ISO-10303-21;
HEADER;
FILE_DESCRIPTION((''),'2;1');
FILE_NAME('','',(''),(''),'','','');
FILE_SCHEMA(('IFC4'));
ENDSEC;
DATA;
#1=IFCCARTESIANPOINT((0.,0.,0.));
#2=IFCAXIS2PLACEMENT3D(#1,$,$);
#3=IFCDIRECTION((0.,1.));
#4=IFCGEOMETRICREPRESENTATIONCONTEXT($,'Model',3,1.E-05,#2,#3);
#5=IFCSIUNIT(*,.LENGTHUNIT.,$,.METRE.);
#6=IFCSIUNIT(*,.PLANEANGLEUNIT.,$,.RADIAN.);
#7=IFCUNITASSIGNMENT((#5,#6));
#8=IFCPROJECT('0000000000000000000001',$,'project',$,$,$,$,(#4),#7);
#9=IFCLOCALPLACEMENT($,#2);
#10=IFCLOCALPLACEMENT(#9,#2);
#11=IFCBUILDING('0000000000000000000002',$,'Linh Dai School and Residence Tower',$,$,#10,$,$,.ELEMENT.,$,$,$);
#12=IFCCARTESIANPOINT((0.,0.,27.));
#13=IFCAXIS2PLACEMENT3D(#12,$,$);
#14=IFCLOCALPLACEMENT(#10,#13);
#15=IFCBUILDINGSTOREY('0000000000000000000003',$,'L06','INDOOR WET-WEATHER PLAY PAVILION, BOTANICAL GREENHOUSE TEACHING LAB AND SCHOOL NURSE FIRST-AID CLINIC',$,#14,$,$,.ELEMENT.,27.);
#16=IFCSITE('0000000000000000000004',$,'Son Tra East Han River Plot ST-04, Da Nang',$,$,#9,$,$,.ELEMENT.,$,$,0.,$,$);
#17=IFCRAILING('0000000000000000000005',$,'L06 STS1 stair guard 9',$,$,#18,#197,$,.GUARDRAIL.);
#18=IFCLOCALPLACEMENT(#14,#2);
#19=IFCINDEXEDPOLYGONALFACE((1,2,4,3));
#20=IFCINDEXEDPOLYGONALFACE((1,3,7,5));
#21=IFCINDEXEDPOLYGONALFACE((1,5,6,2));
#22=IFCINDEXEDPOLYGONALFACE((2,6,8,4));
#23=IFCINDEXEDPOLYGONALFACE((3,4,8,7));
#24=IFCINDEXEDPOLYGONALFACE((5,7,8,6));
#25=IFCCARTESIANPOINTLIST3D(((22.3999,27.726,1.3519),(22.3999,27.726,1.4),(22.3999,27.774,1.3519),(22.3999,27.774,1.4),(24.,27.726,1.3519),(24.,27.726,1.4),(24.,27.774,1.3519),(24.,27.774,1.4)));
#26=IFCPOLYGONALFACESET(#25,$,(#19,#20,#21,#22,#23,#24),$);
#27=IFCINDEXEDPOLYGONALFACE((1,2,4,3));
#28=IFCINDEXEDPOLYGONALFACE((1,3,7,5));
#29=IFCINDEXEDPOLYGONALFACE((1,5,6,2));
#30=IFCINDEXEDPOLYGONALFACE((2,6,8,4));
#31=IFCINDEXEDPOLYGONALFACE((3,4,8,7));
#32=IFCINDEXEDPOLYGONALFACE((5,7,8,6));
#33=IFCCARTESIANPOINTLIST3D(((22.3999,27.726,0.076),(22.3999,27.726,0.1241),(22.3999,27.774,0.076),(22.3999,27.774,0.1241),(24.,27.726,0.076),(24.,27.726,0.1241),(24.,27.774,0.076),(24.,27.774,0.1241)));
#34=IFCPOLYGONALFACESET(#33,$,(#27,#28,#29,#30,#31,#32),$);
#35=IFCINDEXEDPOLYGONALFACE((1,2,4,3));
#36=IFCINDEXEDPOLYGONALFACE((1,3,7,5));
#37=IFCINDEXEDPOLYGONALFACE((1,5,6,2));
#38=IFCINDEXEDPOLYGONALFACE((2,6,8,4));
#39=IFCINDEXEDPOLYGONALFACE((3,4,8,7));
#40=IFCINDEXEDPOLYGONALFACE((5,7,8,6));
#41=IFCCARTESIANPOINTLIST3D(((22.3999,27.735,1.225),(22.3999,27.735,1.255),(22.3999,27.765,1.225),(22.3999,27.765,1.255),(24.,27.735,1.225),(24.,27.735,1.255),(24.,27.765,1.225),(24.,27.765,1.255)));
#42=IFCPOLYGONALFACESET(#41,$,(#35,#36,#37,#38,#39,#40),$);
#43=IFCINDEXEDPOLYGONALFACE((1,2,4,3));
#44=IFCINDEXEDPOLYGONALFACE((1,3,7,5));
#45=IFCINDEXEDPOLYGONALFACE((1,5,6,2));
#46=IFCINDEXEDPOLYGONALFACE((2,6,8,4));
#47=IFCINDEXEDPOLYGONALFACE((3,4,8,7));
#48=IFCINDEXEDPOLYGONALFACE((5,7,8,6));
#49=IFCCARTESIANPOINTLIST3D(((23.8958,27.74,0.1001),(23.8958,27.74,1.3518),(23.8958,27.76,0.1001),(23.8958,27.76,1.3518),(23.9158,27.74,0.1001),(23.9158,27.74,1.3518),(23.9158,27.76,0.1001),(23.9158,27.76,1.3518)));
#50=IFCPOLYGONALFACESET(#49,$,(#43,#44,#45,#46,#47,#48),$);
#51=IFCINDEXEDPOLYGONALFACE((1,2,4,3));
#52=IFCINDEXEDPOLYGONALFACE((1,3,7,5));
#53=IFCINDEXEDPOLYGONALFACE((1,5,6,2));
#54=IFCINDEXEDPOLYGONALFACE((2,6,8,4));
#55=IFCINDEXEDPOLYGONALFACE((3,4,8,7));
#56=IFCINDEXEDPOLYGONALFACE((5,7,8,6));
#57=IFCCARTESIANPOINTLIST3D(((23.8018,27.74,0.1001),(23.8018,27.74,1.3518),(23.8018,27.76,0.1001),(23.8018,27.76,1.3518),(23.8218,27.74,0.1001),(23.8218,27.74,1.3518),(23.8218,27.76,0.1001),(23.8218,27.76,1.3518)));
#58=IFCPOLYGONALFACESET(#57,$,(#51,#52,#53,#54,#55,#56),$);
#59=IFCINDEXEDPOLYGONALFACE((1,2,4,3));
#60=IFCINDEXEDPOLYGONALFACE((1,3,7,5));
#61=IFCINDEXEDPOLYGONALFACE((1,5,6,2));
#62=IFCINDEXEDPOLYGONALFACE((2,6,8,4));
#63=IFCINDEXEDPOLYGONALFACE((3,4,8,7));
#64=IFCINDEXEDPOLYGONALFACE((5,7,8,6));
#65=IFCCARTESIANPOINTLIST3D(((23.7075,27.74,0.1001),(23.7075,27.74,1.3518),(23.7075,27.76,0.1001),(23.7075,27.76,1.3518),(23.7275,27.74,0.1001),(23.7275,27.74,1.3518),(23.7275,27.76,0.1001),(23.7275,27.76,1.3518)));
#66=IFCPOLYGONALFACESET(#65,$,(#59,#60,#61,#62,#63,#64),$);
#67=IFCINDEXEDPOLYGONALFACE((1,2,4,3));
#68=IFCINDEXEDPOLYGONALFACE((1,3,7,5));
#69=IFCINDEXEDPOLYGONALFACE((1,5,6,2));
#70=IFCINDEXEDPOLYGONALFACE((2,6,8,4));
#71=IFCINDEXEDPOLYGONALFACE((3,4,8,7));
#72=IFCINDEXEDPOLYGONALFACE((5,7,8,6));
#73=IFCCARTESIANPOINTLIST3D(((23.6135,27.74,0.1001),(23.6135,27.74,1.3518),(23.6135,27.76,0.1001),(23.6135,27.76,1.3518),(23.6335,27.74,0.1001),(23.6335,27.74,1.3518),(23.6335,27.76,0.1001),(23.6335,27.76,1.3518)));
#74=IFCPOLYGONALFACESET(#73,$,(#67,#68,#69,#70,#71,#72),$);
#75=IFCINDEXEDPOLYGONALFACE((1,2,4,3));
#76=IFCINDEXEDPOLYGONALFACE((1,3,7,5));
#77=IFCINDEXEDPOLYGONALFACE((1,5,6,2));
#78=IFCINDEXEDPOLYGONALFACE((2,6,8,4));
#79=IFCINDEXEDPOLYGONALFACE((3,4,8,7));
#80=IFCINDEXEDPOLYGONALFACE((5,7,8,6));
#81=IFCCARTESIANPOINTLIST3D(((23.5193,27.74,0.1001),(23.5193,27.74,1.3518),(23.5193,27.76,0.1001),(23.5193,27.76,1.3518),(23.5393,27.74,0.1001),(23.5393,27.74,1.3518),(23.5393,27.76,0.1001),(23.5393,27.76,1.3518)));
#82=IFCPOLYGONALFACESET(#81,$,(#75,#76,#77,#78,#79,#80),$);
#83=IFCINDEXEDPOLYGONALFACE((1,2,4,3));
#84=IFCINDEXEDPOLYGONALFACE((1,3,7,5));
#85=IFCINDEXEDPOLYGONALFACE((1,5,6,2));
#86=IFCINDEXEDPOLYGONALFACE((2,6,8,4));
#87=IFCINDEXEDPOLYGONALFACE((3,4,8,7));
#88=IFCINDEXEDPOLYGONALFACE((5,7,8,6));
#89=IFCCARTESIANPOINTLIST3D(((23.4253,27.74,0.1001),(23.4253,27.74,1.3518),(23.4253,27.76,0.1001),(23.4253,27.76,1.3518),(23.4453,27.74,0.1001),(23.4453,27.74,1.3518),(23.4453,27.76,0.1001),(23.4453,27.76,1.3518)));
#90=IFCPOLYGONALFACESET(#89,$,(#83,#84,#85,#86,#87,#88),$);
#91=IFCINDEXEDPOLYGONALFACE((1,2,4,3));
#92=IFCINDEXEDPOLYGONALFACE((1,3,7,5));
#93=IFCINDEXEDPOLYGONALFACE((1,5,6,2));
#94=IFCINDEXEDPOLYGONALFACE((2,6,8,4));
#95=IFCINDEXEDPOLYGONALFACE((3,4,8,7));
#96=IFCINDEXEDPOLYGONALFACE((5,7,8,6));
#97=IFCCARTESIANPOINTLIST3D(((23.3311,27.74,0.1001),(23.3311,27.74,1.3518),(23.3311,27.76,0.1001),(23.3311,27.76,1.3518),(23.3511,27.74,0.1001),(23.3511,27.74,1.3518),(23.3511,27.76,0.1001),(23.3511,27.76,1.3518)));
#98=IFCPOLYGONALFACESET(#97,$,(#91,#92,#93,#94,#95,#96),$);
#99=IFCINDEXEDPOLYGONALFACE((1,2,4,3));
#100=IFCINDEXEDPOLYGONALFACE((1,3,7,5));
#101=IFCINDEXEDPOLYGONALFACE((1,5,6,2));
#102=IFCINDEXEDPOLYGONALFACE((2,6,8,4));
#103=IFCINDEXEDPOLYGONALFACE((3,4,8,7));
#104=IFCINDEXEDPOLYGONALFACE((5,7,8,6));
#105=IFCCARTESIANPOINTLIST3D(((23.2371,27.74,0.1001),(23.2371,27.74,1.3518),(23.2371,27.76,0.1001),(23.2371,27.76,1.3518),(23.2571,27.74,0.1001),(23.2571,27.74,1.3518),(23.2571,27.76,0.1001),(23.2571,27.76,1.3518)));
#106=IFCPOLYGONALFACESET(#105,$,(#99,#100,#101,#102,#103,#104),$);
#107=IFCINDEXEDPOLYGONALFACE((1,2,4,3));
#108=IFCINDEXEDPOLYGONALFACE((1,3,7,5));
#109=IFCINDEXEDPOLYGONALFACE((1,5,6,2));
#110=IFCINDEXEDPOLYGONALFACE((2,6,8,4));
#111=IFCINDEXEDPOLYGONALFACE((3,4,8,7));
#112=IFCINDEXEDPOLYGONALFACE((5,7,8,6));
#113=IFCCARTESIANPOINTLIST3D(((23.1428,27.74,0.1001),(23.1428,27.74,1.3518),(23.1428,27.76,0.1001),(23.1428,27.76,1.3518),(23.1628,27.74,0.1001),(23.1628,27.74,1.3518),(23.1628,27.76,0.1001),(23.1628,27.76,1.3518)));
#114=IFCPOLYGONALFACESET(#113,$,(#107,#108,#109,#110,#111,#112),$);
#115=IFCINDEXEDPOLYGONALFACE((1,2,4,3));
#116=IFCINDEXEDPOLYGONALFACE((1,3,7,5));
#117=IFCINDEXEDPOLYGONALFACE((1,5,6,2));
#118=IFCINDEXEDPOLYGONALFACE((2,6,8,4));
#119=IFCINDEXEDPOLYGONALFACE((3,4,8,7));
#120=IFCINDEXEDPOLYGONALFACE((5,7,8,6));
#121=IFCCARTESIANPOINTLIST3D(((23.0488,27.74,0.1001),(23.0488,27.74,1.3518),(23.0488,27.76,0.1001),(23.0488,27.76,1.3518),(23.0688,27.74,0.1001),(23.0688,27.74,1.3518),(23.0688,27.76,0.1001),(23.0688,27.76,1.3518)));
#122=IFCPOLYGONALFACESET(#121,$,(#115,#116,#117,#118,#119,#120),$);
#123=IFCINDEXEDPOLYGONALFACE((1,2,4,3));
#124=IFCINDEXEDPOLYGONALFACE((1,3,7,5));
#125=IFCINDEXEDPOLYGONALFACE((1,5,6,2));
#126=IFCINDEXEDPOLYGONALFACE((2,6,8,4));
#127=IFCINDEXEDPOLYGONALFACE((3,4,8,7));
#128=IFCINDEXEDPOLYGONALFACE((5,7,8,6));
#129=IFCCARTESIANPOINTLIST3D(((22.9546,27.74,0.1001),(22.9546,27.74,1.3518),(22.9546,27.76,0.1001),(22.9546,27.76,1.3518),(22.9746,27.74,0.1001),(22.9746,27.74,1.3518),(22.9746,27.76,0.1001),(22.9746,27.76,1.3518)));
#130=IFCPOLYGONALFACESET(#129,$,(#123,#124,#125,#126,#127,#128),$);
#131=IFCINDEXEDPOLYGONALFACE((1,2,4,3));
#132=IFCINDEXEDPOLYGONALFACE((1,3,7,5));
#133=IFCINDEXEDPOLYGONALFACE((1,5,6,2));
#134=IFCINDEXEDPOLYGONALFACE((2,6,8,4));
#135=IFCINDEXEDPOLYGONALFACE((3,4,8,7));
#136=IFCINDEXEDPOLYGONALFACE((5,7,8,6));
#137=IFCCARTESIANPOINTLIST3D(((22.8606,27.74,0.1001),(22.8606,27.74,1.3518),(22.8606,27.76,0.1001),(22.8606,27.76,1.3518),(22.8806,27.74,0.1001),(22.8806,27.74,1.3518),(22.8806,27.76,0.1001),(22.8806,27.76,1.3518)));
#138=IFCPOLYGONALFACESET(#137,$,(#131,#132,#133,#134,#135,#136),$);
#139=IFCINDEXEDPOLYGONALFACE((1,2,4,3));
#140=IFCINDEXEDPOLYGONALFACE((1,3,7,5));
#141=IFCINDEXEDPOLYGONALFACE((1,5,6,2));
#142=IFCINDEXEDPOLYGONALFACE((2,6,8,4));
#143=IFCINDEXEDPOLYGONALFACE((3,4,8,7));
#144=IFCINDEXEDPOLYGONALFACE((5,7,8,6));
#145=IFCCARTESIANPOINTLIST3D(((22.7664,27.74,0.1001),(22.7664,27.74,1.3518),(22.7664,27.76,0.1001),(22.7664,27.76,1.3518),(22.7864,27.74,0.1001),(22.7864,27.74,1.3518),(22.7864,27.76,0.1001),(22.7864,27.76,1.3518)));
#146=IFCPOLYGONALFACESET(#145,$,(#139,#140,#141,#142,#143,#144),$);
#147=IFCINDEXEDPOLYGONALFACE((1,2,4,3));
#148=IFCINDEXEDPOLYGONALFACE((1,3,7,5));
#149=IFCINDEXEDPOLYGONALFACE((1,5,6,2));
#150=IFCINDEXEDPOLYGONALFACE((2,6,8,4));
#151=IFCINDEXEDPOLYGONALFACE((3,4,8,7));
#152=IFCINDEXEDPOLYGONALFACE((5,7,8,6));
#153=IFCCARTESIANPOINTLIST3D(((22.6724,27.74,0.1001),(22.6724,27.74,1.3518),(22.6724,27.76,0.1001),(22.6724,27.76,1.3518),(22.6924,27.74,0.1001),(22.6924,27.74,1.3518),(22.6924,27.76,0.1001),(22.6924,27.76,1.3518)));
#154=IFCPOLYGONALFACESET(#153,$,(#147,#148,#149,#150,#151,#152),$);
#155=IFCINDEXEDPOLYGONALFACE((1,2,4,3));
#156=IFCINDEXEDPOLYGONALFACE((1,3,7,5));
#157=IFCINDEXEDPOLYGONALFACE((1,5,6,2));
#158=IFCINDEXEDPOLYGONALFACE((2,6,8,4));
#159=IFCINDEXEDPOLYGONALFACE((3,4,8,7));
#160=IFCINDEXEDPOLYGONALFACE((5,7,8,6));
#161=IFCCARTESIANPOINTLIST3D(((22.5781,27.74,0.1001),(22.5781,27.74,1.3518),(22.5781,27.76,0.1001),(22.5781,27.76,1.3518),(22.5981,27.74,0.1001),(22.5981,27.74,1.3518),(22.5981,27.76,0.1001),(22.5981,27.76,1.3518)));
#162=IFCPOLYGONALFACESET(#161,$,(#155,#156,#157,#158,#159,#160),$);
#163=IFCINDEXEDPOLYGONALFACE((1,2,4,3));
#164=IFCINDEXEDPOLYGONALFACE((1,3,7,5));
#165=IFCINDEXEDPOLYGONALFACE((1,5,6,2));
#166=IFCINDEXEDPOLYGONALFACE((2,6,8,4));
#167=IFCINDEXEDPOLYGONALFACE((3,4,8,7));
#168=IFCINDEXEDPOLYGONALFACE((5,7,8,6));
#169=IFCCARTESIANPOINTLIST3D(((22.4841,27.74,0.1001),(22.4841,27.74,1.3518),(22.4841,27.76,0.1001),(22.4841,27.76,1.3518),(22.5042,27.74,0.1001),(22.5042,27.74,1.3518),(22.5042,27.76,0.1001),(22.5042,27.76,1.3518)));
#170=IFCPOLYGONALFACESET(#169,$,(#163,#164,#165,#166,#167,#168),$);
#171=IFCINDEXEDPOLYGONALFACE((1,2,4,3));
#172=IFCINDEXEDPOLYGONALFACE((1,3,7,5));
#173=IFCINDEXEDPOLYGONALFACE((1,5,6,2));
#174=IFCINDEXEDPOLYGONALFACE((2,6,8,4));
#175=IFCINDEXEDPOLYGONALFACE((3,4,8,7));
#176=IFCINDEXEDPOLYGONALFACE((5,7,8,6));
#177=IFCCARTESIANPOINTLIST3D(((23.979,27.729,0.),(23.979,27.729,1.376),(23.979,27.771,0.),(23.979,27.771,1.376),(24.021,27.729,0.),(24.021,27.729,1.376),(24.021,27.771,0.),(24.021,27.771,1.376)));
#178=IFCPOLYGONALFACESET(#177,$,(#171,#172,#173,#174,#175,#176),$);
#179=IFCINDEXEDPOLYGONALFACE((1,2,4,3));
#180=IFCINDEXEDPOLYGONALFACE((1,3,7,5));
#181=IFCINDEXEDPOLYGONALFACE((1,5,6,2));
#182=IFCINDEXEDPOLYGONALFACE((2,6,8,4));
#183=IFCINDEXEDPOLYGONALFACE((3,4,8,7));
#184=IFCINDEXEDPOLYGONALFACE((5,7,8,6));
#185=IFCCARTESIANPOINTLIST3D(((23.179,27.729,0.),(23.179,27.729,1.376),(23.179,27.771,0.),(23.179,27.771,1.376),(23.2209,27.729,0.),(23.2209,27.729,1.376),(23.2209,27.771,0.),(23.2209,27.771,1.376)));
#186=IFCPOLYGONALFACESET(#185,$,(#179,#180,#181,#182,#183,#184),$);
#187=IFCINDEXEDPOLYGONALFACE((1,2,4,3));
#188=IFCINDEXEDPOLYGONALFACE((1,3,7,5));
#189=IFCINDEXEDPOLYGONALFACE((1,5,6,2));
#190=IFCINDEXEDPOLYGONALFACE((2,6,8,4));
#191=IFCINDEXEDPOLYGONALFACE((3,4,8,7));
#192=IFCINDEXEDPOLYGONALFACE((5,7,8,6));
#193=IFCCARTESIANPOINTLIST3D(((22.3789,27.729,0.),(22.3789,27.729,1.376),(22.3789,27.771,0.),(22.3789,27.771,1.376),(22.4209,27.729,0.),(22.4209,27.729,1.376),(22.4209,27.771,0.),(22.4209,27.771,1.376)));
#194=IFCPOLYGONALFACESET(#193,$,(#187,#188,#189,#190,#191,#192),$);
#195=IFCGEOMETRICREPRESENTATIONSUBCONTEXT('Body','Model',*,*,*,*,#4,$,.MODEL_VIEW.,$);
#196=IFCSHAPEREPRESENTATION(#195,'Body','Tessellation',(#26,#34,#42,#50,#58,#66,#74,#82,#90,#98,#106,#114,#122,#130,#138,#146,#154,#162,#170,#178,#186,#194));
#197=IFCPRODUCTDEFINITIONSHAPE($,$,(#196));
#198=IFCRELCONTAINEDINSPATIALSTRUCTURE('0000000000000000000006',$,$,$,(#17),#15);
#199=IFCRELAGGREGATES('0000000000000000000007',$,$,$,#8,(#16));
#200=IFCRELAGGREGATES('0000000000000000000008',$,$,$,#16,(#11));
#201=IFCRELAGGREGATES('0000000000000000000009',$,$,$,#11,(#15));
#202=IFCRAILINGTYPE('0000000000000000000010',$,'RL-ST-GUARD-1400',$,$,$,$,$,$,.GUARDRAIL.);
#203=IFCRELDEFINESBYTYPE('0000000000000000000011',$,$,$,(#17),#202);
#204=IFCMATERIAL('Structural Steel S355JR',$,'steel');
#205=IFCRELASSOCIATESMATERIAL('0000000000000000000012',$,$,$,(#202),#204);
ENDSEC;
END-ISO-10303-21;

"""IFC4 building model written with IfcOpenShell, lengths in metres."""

from ifc_helpers import new_model, si_unit, direction, frame, origin, origin_2d, place, context, subcontext, project, spatial, rectangle, extrude, source, transform, mapped, material, type_object, element, save


model = new_model("IFC4")

# Units and contexts
model_context = context("Model", 3, precision=1e-05, world=origin(), true_north=direction((0.0, 1.0)))
body_context = subcontext(model_context, "Body", "Model", "MODEL_VIEW")
ifc_project = project(units=[si_unit("LENGTHUNIT", "METRE"), si_unit("PLANEANGLEUNIT", "RADIAN")], contexts=[model_context])

# Site, building, storey
site_placement = place(None, origin())
site = spatial("IfcSite", under=ifc_project, at=site_placement, Name="Son Tra East Han River Plot ST-04, Da Nang", CompositionType="ELEMENT", RefElevation=0.0)
building_placement = place(site_placement, origin())
building = spatial("IfcBuilding", under=site, at=building_placement, Name="Linh Dai School and Residence Tower", CompositionType="ELEMENT")
storey_placement = place(building_placement, frame((0.0, 0.0, 27.0)))
storey = spatial("IfcBuildingStorey", under=building, at=storey_placement, Name="L06", Description="INDOOR WET-WEATHER PLAY PAVILION, BOTANICAL GREENHOUSE TEACHING LAB AND SCHOOL NURSE FIRST-AID CLINIC", CompositionType="ELEMENT", Elevation=27.0)

# Shared definitions
ifc_material_1 = material(Name="Structural Steel S355JR", Category="steel")

# Railing
railing_type_1 = type_object("IfcRailingType", Name="RL-ST-GUARD-1400", PredefinedType="GUARDRAIL", material=ifc_material_1)
shared_shape_1 = source(origin(), body_context, "Body", "SweptSolid", [
    extrude(rectangle(XDim=0.0481, YDim=0.0481, at=origin_2d()), frame((0.0, 0.0, 1.376), z_axis=(-1.0, 0.0, 0.0), x_axis=(0.0, -1.0, 0.0)), (0.0, 0.0, 1.0), 1.6001),
    extrude(rectangle(XDim=0.0481, YDim=0.0481, at=origin_2d()), frame((0.0, 0.0, 0.1001), z_axis=(-1.0, 0.0, 0.0), x_axis=(0.0, -1.0, 0.0)), (0.0, 0.0, 1.0), 1.6001),
    extrude(rectangle(XDim=0.03, YDim=0.03, at=origin_2d()), frame((0.0, 0.0, 1.24), z_axis=(-1.0, 0.0, 0.0), x_axis=(0.0, -1.0, 0.0)), (0.0, 0.0, 1.0), 1.6001),
    extrude(rectangle(XDim=0.02, YDim=0.02, at=origin_2d()), frame((-0.0942, 0.0, 0.1001)), (0.0, 0.0, 1.0), 1.2517),
    extrude(rectangle(XDim=0.02, YDim=0.02, at=origin_2d()), frame((-0.1882, 0.0, 0.1001)), (0.0, 0.0, 1.0), 1.2517),
    extrude(rectangle(XDim=0.02, YDim=0.02, at=origin_2d()), frame((-0.2825, 0.0, 0.1001)), (0.0, 0.0, 1.0), 1.2517),
    extrude(rectangle(XDim=0.02, YDim=0.02, at=origin_2d()), frame((-0.3765, 0.0, 0.1001)), (0.0, 0.0, 1.0), 1.2517),
    extrude(rectangle(XDim=0.02, YDim=0.02, at=origin_2d()), frame((-0.4707, 0.0, 0.1001)), (0.0, 0.0, 1.0), 1.2517),
    extrude(rectangle(XDim=0.02, YDim=0.02, at=origin_2d()), frame((-0.5647, 0.0, 0.1001)), (0.0, 0.0, 1.0), 1.2517),
    extrude(rectangle(XDim=0.02, YDim=0.02, at=origin_2d()), frame((-0.6589, 0.0, 0.1001)), (0.0, 0.0, 1.0), 1.2517),
    extrude(rectangle(XDim=0.02, YDim=0.02, at=origin_2d()), frame((-0.7529, 0.0, 0.1001)), (0.0, 0.0, 1.0), 1.2517),
    extrude(rectangle(XDim=0.02, YDim=0.02, at=origin_2d()), frame((-0.8472, 0.0, 0.1001)), (0.0, 0.0, 1.0), 1.2517),
    extrude(rectangle(XDim=0.02, YDim=0.02, at=origin_2d()), frame((-0.9412, 0.0, 0.1001)), (0.0, 0.0, 1.0), 1.2517),
    extrude(rectangle(XDim=0.02, YDim=0.02, at=origin_2d()), frame((-1.0354, 0.0, 0.1001)), (0.0, 0.0, 1.0), 1.2517),
    extrude(rectangle(XDim=0.02, YDim=0.02, at=origin_2d()), frame((-1.1294, 0.0, 0.1001)), (0.0, 0.0, 1.0), 1.2517),
    extrude(rectangle(XDim=0.02, YDim=0.02, at=origin_2d()), frame((-1.2236, 0.0, 0.1001)), (0.0, 0.0, 1.0), 1.2517),
    extrude(rectangle(XDim=0.02, YDim=0.02, at=origin_2d()), frame((-1.3176, 0.0, 0.1001)), (0.0, 0.0, 1.0), 1.2517),
    extrude(rectangle(XDim=0.02, YDim=0.02, at=origin_2d()), frame((-1.4119, 0.0, 0.1001)), (0.0, 0.0, 1.0), 1.2517),
    extrude(rectangle(XDim=0.02, YDim=0.02, at=origin_2d()), frame((-1.5059, 0.0, 0.1001)), (0.0, 0.0, 1.0), 1.2517),
    extrude(rectangle(XDim=0.042, YDim=0.042, at=origin_2d()), origin(), (0.0, 0.0, 1.0), 1.376),
    extrude(rectangle(XDim=0.042, YDim=0.042, at=origin_2d()), frame((-0.8, 0.0, 0.0)), (0.0, 0.0, 1.0), 1.376),
    extrude(rectangle(XDim=0.042, YDim=0.042, at=origin_2d()), frame((-1.6001, 0.0, 0.0)), (0.0, 0.0, 1.0), 1.376),
])
for number, where, name in (
    (1, (24.0, 27.75, 0.0), "L06 STS1 stair guard 9"),
):
    element("IfcRailing", number, at=place(storey_placement, frame(where)), inside=storey, type_object=railing_type_1, Name=name, PredefinedType="GUARDRAIL", context=body_context, shape_type="MappedRepresentation", body=[
        mapped(shared_shape_1, transform((0.0, 0.0, 0.0), x_axis=(1.0, 0.0, 0.0), y_axis=(0.0, 1.0, 0.0), z_axis=(0.0, 0.0, 1.0), scale=1.0)),
    ])

save(model, "model.ifc")
